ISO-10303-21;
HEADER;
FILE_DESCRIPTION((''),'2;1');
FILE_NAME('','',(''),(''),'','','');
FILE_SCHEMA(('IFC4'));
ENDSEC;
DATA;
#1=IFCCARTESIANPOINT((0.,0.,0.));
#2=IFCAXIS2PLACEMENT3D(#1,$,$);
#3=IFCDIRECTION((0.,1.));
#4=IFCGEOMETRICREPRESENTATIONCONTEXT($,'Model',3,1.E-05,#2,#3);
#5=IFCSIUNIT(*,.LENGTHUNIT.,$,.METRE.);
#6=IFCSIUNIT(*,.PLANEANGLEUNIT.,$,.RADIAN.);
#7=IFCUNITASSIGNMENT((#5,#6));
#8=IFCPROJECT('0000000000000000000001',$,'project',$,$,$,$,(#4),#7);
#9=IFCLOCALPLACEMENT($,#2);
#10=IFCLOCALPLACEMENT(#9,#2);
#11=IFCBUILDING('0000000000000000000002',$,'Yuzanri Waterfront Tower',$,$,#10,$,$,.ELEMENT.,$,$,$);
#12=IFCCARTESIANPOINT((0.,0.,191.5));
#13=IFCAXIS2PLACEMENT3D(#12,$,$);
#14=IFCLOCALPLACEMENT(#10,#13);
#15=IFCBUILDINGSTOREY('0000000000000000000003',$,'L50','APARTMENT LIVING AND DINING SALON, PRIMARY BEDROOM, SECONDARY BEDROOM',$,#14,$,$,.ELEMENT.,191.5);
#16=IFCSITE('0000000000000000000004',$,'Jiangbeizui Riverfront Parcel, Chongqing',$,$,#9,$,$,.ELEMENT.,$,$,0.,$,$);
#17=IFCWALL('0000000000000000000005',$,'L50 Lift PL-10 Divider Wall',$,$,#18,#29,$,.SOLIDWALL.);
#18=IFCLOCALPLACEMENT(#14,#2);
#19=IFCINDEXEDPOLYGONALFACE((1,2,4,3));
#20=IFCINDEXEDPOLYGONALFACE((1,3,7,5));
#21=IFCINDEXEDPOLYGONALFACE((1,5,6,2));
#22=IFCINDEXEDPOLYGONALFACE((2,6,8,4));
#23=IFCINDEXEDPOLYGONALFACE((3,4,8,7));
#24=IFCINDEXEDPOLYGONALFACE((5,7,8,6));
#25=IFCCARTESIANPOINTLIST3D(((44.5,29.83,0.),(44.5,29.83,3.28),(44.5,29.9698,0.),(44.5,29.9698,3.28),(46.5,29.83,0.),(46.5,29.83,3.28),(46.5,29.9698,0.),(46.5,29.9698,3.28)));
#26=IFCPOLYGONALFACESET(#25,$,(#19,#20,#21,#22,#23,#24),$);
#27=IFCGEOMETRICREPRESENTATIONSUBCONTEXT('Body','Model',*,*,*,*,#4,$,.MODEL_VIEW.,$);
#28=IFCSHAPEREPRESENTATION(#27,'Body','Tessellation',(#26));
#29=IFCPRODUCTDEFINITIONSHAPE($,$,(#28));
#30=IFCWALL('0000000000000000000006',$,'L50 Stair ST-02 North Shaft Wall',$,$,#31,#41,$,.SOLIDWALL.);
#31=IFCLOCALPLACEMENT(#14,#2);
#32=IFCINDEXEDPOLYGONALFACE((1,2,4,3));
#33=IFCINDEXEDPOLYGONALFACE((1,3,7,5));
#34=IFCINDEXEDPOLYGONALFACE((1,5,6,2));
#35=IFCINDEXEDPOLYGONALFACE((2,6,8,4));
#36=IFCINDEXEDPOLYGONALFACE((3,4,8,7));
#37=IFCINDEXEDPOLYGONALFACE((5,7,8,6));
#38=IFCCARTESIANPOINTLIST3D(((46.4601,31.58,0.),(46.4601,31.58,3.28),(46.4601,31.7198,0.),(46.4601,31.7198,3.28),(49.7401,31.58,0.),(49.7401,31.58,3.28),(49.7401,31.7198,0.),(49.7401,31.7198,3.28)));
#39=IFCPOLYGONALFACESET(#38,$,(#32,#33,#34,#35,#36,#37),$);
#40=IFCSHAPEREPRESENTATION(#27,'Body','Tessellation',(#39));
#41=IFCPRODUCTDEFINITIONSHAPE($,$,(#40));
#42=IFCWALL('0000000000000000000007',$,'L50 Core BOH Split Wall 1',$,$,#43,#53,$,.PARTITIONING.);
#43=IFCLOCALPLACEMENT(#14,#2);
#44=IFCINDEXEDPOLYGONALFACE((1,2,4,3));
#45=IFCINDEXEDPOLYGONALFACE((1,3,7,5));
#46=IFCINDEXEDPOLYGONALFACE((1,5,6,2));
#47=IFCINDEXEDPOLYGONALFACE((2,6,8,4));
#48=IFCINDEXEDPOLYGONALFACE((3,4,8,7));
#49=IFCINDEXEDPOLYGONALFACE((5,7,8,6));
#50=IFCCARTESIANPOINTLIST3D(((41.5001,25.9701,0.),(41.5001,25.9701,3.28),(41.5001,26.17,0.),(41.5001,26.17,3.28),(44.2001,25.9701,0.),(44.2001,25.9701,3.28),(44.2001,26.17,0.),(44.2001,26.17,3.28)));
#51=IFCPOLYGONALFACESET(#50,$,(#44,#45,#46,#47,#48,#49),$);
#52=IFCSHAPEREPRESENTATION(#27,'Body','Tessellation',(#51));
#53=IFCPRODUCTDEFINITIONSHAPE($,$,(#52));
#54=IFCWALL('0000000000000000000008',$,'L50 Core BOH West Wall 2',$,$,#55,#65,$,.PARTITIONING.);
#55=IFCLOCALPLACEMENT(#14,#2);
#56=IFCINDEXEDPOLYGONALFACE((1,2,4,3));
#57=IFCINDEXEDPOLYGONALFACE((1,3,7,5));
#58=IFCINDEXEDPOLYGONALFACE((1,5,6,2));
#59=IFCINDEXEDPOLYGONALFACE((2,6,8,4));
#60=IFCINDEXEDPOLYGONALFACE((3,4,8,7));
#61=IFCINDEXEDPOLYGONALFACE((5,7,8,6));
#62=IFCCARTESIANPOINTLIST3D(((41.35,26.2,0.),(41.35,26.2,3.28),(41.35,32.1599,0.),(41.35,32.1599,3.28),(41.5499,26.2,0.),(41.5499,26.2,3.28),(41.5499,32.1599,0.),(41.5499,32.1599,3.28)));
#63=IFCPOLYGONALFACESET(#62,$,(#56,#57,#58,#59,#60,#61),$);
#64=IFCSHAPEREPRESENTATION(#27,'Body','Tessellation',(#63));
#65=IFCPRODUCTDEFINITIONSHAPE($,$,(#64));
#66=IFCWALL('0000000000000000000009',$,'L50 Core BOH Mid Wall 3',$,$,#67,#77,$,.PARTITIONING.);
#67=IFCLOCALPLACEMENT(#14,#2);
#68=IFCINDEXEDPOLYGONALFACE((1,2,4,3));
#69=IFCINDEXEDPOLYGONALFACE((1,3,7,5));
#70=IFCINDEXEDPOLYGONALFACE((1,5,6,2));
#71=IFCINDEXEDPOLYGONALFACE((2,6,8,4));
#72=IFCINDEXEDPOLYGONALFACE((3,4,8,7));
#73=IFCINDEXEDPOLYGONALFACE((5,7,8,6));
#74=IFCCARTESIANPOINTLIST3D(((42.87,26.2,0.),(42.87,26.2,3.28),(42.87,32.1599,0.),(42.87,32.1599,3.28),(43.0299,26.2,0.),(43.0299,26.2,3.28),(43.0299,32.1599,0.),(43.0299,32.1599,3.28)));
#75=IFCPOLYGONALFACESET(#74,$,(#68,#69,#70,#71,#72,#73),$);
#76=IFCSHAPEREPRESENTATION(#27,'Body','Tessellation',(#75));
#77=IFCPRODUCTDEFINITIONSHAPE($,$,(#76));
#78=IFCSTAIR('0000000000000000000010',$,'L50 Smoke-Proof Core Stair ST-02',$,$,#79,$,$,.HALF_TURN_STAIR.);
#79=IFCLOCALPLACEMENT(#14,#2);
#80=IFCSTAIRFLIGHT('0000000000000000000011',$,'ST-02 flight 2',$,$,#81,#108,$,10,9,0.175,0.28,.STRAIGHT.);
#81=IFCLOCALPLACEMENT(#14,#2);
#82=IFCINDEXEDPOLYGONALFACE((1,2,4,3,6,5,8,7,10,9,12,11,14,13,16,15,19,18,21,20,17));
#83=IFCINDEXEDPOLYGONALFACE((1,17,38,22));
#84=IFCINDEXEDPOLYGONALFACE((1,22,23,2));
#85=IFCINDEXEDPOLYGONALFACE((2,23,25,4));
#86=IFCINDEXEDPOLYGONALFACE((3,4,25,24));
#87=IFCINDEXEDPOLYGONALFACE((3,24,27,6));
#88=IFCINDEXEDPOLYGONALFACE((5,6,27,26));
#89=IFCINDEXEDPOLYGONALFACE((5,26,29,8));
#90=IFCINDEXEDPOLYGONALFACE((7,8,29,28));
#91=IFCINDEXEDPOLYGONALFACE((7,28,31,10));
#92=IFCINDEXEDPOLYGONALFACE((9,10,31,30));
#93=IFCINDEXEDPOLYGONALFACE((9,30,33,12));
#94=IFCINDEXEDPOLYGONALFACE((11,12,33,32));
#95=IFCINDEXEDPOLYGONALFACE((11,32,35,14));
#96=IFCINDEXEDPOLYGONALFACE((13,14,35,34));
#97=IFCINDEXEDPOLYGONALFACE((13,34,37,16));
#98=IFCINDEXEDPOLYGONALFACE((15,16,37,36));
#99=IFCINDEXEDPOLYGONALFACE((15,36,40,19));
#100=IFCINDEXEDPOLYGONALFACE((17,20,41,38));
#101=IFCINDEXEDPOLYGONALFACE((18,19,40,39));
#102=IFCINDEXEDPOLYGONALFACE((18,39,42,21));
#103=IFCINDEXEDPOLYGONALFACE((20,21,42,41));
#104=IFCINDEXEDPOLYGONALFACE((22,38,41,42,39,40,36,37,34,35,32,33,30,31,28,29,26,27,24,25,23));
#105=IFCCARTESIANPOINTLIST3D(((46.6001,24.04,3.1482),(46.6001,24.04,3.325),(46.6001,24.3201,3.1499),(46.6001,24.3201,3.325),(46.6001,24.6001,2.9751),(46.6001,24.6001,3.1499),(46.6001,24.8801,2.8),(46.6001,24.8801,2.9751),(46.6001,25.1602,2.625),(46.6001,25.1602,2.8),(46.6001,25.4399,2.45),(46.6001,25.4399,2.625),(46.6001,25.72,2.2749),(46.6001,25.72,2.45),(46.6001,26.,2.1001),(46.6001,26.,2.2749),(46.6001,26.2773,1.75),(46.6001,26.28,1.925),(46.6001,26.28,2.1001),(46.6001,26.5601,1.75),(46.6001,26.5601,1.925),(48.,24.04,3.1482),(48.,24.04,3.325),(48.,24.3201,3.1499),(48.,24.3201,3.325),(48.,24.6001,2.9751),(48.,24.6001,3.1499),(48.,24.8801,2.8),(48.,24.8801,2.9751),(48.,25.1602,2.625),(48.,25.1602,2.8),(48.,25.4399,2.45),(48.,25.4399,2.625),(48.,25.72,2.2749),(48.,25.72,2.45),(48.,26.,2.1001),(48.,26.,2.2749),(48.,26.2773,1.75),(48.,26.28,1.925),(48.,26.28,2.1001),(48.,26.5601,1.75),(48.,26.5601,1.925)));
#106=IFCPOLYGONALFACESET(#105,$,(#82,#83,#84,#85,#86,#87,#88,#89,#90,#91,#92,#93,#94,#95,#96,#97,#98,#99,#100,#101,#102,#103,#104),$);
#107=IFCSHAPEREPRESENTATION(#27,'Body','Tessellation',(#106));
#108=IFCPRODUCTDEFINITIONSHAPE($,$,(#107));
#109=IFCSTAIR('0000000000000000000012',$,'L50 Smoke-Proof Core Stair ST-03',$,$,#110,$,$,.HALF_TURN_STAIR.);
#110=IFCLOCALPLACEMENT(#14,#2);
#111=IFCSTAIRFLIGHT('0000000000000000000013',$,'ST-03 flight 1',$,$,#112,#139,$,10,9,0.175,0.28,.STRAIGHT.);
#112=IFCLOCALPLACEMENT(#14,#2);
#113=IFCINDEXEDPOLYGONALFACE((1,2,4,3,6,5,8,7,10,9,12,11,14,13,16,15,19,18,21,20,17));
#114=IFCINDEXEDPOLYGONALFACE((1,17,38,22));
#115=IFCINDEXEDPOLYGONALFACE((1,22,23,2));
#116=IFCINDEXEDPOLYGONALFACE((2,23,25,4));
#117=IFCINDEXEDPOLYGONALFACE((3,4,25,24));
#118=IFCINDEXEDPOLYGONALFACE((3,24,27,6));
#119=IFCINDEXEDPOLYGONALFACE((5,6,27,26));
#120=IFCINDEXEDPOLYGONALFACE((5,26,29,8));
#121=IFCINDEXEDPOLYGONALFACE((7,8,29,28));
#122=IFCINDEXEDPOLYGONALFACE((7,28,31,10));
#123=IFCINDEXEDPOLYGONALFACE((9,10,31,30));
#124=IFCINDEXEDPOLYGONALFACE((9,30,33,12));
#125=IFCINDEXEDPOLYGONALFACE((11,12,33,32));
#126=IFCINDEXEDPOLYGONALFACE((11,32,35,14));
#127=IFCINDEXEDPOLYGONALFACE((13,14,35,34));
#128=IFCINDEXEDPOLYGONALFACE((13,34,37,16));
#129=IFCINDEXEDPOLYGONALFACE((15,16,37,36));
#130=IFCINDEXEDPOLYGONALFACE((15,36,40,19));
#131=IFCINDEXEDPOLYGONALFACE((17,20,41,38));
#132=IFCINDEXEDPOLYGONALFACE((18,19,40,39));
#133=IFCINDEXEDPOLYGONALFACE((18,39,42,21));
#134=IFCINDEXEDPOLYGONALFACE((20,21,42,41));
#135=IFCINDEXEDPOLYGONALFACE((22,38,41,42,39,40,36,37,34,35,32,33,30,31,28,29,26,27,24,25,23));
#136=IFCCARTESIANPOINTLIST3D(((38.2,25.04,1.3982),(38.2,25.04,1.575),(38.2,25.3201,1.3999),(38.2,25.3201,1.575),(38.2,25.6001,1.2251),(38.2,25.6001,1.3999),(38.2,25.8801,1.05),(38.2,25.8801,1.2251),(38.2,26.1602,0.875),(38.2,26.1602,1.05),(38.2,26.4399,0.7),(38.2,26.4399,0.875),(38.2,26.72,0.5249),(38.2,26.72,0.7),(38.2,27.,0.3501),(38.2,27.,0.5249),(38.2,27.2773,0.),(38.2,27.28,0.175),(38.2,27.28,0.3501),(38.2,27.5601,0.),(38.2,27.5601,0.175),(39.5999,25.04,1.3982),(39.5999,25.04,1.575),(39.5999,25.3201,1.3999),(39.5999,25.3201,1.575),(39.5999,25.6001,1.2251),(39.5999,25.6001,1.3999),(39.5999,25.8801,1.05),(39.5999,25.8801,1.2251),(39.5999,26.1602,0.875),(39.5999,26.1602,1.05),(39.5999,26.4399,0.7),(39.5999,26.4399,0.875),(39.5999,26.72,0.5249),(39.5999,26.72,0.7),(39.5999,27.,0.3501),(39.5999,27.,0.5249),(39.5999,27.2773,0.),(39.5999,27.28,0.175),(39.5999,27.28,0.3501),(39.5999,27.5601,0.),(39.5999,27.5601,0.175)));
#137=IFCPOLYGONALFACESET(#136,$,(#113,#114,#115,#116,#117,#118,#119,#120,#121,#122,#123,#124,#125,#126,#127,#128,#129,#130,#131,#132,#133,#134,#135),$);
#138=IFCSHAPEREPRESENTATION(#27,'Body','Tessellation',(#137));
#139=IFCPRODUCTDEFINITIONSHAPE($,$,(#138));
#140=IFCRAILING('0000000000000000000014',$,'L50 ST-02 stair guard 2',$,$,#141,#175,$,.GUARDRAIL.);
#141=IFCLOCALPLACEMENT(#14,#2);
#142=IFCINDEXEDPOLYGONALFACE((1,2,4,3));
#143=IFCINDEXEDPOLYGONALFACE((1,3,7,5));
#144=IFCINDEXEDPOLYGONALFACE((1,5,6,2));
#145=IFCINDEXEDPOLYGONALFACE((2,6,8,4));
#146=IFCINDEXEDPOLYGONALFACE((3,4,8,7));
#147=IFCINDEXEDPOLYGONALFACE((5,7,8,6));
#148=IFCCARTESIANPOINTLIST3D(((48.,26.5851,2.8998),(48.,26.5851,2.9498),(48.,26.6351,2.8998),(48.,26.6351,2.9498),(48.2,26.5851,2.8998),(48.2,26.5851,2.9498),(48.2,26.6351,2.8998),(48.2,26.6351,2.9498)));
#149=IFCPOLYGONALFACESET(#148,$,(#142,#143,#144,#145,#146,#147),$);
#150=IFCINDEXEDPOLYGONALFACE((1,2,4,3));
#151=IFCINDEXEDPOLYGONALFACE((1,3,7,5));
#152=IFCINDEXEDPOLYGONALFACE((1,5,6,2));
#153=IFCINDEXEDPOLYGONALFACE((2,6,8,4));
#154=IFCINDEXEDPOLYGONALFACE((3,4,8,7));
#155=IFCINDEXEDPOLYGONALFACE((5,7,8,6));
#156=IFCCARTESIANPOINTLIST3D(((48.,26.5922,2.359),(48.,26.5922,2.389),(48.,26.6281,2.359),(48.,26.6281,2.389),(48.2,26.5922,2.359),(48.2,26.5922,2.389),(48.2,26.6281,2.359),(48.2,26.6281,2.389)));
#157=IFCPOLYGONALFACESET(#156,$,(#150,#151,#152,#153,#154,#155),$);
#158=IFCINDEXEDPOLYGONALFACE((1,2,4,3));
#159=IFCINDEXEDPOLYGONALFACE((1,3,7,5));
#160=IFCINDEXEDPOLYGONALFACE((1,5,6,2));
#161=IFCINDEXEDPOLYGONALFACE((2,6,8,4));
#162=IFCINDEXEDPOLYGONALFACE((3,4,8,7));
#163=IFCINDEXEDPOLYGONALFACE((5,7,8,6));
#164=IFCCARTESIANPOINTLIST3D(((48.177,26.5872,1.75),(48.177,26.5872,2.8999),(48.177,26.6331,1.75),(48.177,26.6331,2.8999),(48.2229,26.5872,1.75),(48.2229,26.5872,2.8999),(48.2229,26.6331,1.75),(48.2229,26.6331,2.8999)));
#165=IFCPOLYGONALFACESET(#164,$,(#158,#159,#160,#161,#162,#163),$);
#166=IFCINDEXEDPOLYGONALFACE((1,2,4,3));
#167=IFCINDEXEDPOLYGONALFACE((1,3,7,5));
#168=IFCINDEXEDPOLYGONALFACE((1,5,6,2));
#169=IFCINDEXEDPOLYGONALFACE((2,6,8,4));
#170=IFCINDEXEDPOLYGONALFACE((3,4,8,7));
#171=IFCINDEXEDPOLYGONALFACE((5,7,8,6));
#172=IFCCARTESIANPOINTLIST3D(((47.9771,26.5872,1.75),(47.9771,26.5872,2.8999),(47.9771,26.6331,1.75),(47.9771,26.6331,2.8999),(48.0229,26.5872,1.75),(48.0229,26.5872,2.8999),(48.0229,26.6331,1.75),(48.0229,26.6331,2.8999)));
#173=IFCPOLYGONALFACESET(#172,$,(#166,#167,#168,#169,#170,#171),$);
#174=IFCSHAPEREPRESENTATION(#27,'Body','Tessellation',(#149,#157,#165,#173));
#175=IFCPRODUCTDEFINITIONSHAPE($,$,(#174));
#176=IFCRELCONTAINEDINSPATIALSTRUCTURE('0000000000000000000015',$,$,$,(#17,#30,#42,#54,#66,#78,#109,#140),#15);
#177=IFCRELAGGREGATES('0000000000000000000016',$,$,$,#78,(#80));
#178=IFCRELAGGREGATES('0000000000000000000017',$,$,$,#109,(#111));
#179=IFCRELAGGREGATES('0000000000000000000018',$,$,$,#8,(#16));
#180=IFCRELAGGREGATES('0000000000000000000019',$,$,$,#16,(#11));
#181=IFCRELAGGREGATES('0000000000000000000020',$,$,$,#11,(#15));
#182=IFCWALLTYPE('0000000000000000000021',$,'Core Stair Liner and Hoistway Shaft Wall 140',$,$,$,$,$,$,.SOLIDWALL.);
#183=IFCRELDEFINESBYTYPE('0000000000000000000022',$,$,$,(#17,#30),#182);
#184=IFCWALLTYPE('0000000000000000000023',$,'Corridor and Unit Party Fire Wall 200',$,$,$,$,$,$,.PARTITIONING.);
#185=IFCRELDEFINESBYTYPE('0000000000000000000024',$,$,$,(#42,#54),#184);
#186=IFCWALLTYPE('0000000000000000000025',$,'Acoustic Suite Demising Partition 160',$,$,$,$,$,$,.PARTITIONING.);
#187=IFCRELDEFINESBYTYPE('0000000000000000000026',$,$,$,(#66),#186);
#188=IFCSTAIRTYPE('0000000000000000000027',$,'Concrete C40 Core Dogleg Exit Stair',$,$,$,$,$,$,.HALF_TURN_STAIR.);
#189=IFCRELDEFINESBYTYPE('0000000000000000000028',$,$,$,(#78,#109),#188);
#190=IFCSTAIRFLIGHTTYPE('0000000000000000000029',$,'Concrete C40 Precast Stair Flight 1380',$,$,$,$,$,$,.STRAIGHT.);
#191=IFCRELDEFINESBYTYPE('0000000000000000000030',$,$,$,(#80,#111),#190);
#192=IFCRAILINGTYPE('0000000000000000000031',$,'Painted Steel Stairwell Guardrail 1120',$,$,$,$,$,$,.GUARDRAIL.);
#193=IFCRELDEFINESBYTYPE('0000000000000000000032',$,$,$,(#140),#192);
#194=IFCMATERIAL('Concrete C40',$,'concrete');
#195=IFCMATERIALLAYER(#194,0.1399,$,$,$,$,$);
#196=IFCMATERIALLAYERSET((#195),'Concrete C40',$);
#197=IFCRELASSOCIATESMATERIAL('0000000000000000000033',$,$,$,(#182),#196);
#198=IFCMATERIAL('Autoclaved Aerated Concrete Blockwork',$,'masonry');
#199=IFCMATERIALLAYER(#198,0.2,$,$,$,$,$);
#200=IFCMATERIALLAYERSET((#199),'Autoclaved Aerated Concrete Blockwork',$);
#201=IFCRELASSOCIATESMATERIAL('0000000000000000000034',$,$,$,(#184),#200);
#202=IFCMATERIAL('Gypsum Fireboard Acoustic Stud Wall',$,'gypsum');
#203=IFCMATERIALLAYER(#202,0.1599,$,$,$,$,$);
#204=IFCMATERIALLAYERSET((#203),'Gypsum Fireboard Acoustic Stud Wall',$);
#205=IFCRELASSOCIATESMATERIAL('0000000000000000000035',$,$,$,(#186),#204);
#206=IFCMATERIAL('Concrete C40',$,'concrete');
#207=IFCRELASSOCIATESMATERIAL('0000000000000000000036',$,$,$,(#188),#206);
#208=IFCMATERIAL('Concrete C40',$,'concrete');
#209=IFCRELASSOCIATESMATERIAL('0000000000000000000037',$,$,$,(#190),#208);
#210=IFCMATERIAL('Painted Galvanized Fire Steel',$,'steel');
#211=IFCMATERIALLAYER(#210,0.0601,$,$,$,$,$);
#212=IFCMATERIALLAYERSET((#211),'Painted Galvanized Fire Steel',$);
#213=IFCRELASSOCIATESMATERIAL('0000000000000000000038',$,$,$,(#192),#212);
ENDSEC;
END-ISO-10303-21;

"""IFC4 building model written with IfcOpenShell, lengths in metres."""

from ifc_helpers import new_model, si_unit, direction, frame, frame_2d, origin, origin_2d, place, context, subcontext, project, spatial, polyline, rectangle, outline, extrude, source, transform, mapped, material, layer, layer_set, type_object, element, aggregate, save


model = new_model("IFC4")

# Units and contexts
model_context = context("Model", 3, precision=1e-05, world=origin(), true_north=direction((0.0, 1.0)))
body_context = subcontext(model_context, "Body", "Model", "MODEL_VIEW")
ifc_project = project(units=[si_unit("LENGTHUNIT", "METRE"), si_unit("PLANEANGLEUNIT", "RADIAN")], contexts=[model_context])

# Site, building, storey
site_placement = place(None, origin())
site = spatial("IfcSite", under=ifc_project, at=site_placement, Name="Jiangbeizui Riverfront Parcel, Chongqing", CompositionType="ELEMENT", RefElevation=0.0)
building_placement = place(site_placement, origin())
building = spatial("IfcBuilding", under=site, at=building_placement, Name="Yuzanri Waterfront Tower", CompositionType="ELEMENT")
storey_placement = place(building_placement, frame((0.0, 0.0, 191.5)))
storey = spatial("IfcBuildingStorey", under=building, at=storey_placement, Name="L50", Description="APARTMENT LIVING AND DINING SALON, PRIMARY BEDROOM, SECONDARY BEDROOM", CompositionType="ELEMENT", Elevation=191.5)

# Shared definitions
ifc_material_1 = material(Name="Concrete C40", Category="concrete")
ifc_layer_1 = layer(ifc_material_1, 0.1399)
ifc_layer_set_1 = layer_set([ifc_layer_1], Name="Concrete C40")
wall_type_1 = type_object("IfcWallType", Name="Core Stair Liner and Hoistway Shaft Wall 140", PredefinedType="SOLIDWALL", material=ifc_layer_set_1)

# Walls
shared_shape_1 = source(origin(), body_context, "Body", "SweptSolid", [
    extrude(rectangle(XDim=2.0, YDim=0.1399, at=frame_2d((1.0, 0.0))), origin(), (0.0, 0.0, 1.0), 3.28),
])
for number, where, z_axis, x_axis, name in (
    (1, (44.5, 29.8999, 0.0), (0.0, 0.0, 1.0), (1.0, 0.0, 0.0), "L50 Lift PL-10 Divider Wall"),
):
    element("IfcWall", number, at=place(storey_placement, frame(where, z_axis=z_axis, x_axis=x_axis)), inside=storey, type_object=wall_type_1, Name=name, PredefinedType="SOLIDWALL", context=body_context, shape_type="MappedRepresentation", body=[
        mapped(shared_shape_1, transform((0.0, 0.0, 0.0), scale=1.0)),
    ])
shared_shape_2 = source(origin(), body_context, "Body", "SweptSolid", [
    extrude(rectangle(XDim=3.28, YDim=0.1399, at=frame_2d((1.6401, 0.0))), origin(), (0.0, 0.0, 1.0), 3.28),
])
wall_1_placement = place(storey_placement, frame((46.46, 31.6499, 0.0), z_axis=(0.0, 0.0, 1.0), x_axis=(1.0, 0.0, 0.0)))
element("IfcWall", 2, at=wall_1_placement, inside=storey, type_object=wall_type_1, Name="L50 Stair ST-02 North Shaft Wall", PredefinedType="SOLIDWALL", context=body_context, shape_type="MappedRepresentation", body=[
    mapped(shared_shape_2, transform((0.0, 0.0, 0.0), scale=1.0)),
])
ifc_material_2 = material(Name="Autoclaved Aerated Concrete Blockwork", Category="masonry")
ifc_layer_2 = layer(ifc_material_2, 0.2)
ifc_layer_set_2 = layer_set([ifc_layer_2], Name="Autoclaved Aerated Concrete Blockwork")
wall_type_2 = type_object("IfcWallType", Name="Corridor and Unit Party Fire Wall 200", PredefinedType="PARTITIONING", material=ifc_layer_set_2)
shared_shape_3 = source(origin(), body_context, "Body", "SweptSolid", [
    extrude(rectangle(XDim=2.7, YDim=0.2, at=frame_2d((1.3501, 0.0))), origin(), (0.0, 0.0, 1.0), 3.28),
])
wall_2_placement = place(storey_placement, frame((41.5, 26.0701, 0.0), z_axis=(0.0, 0.0, 1.0), x_axis=(1.0, 0.0, 0.0)))
element("IfcWall", 3, at=wall_2_placement, inside=storey, type_object=wall_type_2, Name="L50 Core BOH Split Wall 1", PredefinedType="PARTITIONING", context=body_context, shape_type="MappedRepresentation", body=[
    mapped(shared_shape_3, transform((0.0, 0.0, 0.0), scale=1.0)),
])
shared_shape_4 = source(origin(), body_context, "Body", "SweptSolid", [
    extrude(rectangle(XDim=5.96, YDim=0.2, at=frame_2d((2.98, 0.0))), origin(), (0.0, 0.0, 1.0), 3.28),
])
wall_3_placement = place(storey_placement, frame((41.45, 26.2, 0.0), z_axis=(0.0, 0.0, 1.0), x_axis=(0.0, 1.0, 0.0)))
element("IfcWall", 4, at=wall_3_placement, inside=storey, type_object=wall_type_2, Name="L50 Core BOH West Wall 2", PredefinedType="PARTITIONING", context=body_context, shape_type="MappedRepresentation", body=[
    mapped(shared_shape_4, transform((0.0, 0.0, 0.0), scale=1.0)),
])
ifc_material_3 = material(Name="Gypsum Fireboard Acoustic Stud Wall", Category="gypsum")
ifc_layer_3 = layer(ifc_material_3, 0.1599)
ifc_layer_set_3 = layer_set([ifc_layer_3], Name="Gypsum Fireboard Acoustic Stud Wall")
wall_type_3 = type_object("IfcWallType", Name="Acoustic Suite Demising Partition 160", PredefinedType="PARTITIONING", material=ifc_layer_set_3)
shared_shape_5 = source(origin(), body_context, "Body", "SweptSolid", [
    extrude(rectangle(XDim=5.96, YDim=0.1599, at=frame_2d((2.98, 0.0))), origin(), (0.0, 0.0, 1.0), 3.28),
])
wall_4_placement = place(storey_placement, frame((42.95, 26.2, 0.0), z_axis=(0.0, 0.0, 1.0), x_axis=(0.0, 1.0, 0.0)))
element("IfcWall", 5, at=wall_4_placement, inside=storey, type_object=wall_type_3, Name="L50 Core BOH Mid Wall 3", PredefinedType="PARTITIONING", context=body_context, shape_type="MappedRepresentation", body=[
    mapped(shared_shape_5, transform((0.0, 0.0, 0.0), scale=1.0)),
])

# Stairs, stair flights
ifc_material_4 = material(Name="Concrete C40", Category="concrete")
stair_type = type_object("IfcStairType", Name="Concrete C40 Core Dogleg Exit Stair", PredefinedType="HALF_TURN_STAIR", material=ifc_material_4)
stair_1_placement = place(storey_placement, origin())
stair_1 = element("IfcStair", 6, at=stair_1_placement, inside=storey, type_object=stair_type, Name="L50 Smoke-Proof Core Stair ST-02", PredefinedType="HALF_TURN_STAIR")
ifc_material_5 = material(Name="Concrete C40", Category="concrete")
stair_flight_type = type_object("IfcStairFlightType", Name="Concrete C40 Precast Stair Flight 1380", PredefinedType="STRAIGHT", material=ifc_material_5)
shared_shape_6 = source(origin(), body_context, "Body", "SweptSolid", [
    extrude(outline(polyline([(0.0, 0.0), (0.0, 0.175), (0.28, 0.175), (0.28, 0.3501), (0.5601, 0.3501), (0.5601, 0.5249), (0.8401, 0.5249), (0.8401, 0.7), (1.1201, 0.7), (1.1201, 0.875), (1.3999, 0.875), (1.3999, 1.05), (1.6799, 1.05), (1.6799, 1.2251), (1.96, 1.2251), (1.96, 1.3999), (2.24, 1.3999), (2.24, 1.575), (2.52, 1.575), (2.52, 1.75), (2.52, 1.3982), (0.2827, 0.0), (0.0, 0.0)])), frame((0.0, 0.7, 0.0), z_axis=(0.0, -1.0, 0.0), x_axis=(1.0, 0.0, 0.0)), (0.0, 0.0, 1.0), 1.3999),
])
stair_flight_1_placement = place(storey_placement, frame((47.3, 26.5601, 1.75), z_axis=(0.0, 0.0, 1.0), x_axis=(0.0, -1.0, 0.0)))
stair_flight_1 = element("IfcStairFlight", 7, at=stair_flight_1_placement, type_object=stair_flight_type, Name="ST-02 flight 2", NumberOfRisers=10, NumberOfTreads=9, PredefinedType="STRAIGHT", RiserHeight=0.175, TreadLength=0.28, context=body_context, shape_type="MappedRepresentation", body=[
    mapped(shared_shape_6, transform((0.0, 0.0, 0.0), scale=1.0)),
])
aggregate(stair_1, [stair_flight_1])
stair_2_placement = place(storey_placement, origin())
stair_2 = element("IfcStair", 8, at=stair_2_placement, inside=storey, type_object=stair_type, Name="L50 Smoke-Proof Core Stair ST-03", PredefinedType="HALF_TURN_STAIR")
stair_flight_2_placement = place(storey_placement, frame((38.8999, 27.5601, 0.0), z_axis=(0.0, 0.0, 1.0), x_axis=(0.0, -1.0, 0.0)))
stair_flight_2 = element("IfcStairFlight", 9, at=stair_flight_2_placement, type_object=stair_flight_type, Name="ST-03 flight 1", NumberOfRisers=10, NumberOfTreads=9, PredefinedType="STRAIGHT", RiserHeight=0.175, TreadLength=0.28, context=body_context, shape_type="MappedRepresentation", body=[
    mapped(shared_shape_6, transform((0.0, 0.0, 0.0), scale=1.0)),
])
aggregate(stair_2, [stair_flight_2])

# Railing
ifc_material_6 = material(Name="Painted Galvanized Fire Steel", Category="steel")
ifc_layer_4 = layer(ifc_material_6, 0.0601)
ifc_layer_set_4 = layer_set([ifc_layer_4], Name="Painted Galvanized Fire Steel")
railing_type_1 = type_object("IfcRailingType", Name="Painted Steel Stairwell Guardrail 1120", PredefinedType="GUARDRAIL", material=ifc_layer_set_4)
shared_shape_7 = source(origin(), body_context, "Body", "SweptSolid", [
    extrude(rectangle(XDim=0.05, YDim=0.05, at=origin_2d()), frame((0.0, 0.0, 1.1748), z_axis=(-1.0, 0.0, 0.0), x_axis=(0.0, -1.0, 0.0)), (0.0, 0.0, 1.0), 0.2),
    extrude(rectangle(XDim=0.0359, YDim=0.03, at=origin_2d()), frame((0.0, 0.0, 0.624), z_axis=(-1.0, 0.0, 0.0), x_axis=(0.0, -1.0, 0.0)), (0.0, 0.0, 1.0), 0.2),
    extrude(rectangle(XDim=0.0459, YDim=0.0459, at=origin_2d()), origin(), (0.0, 0.0, 1.0), 1.1499),
    extrude(rectangle(XDim=0.0459, YDim=0.0459, at=origin_2d()), frame((-0.2, 0.0, 0.0)), (0.0, 0.0, 1.0), 1.1499),
])
railing_1_placement = place(storey_placement, frame((48.2, 26.6101, 1.75)))
element("IfcRailing", 10, at=railing_1_placement, inside=storey, type_object=railing_type_1, Name="L50 ST-02 stair guard 2", PredefinedType="GUARDRAIL", context=body_context, shape_type="MappedRepresentation", body=[
    mapped(shared_shape_7, transform((0.0, 0.0, 0.0), scale=1.0)),
])

save(model, "model.ifc")
